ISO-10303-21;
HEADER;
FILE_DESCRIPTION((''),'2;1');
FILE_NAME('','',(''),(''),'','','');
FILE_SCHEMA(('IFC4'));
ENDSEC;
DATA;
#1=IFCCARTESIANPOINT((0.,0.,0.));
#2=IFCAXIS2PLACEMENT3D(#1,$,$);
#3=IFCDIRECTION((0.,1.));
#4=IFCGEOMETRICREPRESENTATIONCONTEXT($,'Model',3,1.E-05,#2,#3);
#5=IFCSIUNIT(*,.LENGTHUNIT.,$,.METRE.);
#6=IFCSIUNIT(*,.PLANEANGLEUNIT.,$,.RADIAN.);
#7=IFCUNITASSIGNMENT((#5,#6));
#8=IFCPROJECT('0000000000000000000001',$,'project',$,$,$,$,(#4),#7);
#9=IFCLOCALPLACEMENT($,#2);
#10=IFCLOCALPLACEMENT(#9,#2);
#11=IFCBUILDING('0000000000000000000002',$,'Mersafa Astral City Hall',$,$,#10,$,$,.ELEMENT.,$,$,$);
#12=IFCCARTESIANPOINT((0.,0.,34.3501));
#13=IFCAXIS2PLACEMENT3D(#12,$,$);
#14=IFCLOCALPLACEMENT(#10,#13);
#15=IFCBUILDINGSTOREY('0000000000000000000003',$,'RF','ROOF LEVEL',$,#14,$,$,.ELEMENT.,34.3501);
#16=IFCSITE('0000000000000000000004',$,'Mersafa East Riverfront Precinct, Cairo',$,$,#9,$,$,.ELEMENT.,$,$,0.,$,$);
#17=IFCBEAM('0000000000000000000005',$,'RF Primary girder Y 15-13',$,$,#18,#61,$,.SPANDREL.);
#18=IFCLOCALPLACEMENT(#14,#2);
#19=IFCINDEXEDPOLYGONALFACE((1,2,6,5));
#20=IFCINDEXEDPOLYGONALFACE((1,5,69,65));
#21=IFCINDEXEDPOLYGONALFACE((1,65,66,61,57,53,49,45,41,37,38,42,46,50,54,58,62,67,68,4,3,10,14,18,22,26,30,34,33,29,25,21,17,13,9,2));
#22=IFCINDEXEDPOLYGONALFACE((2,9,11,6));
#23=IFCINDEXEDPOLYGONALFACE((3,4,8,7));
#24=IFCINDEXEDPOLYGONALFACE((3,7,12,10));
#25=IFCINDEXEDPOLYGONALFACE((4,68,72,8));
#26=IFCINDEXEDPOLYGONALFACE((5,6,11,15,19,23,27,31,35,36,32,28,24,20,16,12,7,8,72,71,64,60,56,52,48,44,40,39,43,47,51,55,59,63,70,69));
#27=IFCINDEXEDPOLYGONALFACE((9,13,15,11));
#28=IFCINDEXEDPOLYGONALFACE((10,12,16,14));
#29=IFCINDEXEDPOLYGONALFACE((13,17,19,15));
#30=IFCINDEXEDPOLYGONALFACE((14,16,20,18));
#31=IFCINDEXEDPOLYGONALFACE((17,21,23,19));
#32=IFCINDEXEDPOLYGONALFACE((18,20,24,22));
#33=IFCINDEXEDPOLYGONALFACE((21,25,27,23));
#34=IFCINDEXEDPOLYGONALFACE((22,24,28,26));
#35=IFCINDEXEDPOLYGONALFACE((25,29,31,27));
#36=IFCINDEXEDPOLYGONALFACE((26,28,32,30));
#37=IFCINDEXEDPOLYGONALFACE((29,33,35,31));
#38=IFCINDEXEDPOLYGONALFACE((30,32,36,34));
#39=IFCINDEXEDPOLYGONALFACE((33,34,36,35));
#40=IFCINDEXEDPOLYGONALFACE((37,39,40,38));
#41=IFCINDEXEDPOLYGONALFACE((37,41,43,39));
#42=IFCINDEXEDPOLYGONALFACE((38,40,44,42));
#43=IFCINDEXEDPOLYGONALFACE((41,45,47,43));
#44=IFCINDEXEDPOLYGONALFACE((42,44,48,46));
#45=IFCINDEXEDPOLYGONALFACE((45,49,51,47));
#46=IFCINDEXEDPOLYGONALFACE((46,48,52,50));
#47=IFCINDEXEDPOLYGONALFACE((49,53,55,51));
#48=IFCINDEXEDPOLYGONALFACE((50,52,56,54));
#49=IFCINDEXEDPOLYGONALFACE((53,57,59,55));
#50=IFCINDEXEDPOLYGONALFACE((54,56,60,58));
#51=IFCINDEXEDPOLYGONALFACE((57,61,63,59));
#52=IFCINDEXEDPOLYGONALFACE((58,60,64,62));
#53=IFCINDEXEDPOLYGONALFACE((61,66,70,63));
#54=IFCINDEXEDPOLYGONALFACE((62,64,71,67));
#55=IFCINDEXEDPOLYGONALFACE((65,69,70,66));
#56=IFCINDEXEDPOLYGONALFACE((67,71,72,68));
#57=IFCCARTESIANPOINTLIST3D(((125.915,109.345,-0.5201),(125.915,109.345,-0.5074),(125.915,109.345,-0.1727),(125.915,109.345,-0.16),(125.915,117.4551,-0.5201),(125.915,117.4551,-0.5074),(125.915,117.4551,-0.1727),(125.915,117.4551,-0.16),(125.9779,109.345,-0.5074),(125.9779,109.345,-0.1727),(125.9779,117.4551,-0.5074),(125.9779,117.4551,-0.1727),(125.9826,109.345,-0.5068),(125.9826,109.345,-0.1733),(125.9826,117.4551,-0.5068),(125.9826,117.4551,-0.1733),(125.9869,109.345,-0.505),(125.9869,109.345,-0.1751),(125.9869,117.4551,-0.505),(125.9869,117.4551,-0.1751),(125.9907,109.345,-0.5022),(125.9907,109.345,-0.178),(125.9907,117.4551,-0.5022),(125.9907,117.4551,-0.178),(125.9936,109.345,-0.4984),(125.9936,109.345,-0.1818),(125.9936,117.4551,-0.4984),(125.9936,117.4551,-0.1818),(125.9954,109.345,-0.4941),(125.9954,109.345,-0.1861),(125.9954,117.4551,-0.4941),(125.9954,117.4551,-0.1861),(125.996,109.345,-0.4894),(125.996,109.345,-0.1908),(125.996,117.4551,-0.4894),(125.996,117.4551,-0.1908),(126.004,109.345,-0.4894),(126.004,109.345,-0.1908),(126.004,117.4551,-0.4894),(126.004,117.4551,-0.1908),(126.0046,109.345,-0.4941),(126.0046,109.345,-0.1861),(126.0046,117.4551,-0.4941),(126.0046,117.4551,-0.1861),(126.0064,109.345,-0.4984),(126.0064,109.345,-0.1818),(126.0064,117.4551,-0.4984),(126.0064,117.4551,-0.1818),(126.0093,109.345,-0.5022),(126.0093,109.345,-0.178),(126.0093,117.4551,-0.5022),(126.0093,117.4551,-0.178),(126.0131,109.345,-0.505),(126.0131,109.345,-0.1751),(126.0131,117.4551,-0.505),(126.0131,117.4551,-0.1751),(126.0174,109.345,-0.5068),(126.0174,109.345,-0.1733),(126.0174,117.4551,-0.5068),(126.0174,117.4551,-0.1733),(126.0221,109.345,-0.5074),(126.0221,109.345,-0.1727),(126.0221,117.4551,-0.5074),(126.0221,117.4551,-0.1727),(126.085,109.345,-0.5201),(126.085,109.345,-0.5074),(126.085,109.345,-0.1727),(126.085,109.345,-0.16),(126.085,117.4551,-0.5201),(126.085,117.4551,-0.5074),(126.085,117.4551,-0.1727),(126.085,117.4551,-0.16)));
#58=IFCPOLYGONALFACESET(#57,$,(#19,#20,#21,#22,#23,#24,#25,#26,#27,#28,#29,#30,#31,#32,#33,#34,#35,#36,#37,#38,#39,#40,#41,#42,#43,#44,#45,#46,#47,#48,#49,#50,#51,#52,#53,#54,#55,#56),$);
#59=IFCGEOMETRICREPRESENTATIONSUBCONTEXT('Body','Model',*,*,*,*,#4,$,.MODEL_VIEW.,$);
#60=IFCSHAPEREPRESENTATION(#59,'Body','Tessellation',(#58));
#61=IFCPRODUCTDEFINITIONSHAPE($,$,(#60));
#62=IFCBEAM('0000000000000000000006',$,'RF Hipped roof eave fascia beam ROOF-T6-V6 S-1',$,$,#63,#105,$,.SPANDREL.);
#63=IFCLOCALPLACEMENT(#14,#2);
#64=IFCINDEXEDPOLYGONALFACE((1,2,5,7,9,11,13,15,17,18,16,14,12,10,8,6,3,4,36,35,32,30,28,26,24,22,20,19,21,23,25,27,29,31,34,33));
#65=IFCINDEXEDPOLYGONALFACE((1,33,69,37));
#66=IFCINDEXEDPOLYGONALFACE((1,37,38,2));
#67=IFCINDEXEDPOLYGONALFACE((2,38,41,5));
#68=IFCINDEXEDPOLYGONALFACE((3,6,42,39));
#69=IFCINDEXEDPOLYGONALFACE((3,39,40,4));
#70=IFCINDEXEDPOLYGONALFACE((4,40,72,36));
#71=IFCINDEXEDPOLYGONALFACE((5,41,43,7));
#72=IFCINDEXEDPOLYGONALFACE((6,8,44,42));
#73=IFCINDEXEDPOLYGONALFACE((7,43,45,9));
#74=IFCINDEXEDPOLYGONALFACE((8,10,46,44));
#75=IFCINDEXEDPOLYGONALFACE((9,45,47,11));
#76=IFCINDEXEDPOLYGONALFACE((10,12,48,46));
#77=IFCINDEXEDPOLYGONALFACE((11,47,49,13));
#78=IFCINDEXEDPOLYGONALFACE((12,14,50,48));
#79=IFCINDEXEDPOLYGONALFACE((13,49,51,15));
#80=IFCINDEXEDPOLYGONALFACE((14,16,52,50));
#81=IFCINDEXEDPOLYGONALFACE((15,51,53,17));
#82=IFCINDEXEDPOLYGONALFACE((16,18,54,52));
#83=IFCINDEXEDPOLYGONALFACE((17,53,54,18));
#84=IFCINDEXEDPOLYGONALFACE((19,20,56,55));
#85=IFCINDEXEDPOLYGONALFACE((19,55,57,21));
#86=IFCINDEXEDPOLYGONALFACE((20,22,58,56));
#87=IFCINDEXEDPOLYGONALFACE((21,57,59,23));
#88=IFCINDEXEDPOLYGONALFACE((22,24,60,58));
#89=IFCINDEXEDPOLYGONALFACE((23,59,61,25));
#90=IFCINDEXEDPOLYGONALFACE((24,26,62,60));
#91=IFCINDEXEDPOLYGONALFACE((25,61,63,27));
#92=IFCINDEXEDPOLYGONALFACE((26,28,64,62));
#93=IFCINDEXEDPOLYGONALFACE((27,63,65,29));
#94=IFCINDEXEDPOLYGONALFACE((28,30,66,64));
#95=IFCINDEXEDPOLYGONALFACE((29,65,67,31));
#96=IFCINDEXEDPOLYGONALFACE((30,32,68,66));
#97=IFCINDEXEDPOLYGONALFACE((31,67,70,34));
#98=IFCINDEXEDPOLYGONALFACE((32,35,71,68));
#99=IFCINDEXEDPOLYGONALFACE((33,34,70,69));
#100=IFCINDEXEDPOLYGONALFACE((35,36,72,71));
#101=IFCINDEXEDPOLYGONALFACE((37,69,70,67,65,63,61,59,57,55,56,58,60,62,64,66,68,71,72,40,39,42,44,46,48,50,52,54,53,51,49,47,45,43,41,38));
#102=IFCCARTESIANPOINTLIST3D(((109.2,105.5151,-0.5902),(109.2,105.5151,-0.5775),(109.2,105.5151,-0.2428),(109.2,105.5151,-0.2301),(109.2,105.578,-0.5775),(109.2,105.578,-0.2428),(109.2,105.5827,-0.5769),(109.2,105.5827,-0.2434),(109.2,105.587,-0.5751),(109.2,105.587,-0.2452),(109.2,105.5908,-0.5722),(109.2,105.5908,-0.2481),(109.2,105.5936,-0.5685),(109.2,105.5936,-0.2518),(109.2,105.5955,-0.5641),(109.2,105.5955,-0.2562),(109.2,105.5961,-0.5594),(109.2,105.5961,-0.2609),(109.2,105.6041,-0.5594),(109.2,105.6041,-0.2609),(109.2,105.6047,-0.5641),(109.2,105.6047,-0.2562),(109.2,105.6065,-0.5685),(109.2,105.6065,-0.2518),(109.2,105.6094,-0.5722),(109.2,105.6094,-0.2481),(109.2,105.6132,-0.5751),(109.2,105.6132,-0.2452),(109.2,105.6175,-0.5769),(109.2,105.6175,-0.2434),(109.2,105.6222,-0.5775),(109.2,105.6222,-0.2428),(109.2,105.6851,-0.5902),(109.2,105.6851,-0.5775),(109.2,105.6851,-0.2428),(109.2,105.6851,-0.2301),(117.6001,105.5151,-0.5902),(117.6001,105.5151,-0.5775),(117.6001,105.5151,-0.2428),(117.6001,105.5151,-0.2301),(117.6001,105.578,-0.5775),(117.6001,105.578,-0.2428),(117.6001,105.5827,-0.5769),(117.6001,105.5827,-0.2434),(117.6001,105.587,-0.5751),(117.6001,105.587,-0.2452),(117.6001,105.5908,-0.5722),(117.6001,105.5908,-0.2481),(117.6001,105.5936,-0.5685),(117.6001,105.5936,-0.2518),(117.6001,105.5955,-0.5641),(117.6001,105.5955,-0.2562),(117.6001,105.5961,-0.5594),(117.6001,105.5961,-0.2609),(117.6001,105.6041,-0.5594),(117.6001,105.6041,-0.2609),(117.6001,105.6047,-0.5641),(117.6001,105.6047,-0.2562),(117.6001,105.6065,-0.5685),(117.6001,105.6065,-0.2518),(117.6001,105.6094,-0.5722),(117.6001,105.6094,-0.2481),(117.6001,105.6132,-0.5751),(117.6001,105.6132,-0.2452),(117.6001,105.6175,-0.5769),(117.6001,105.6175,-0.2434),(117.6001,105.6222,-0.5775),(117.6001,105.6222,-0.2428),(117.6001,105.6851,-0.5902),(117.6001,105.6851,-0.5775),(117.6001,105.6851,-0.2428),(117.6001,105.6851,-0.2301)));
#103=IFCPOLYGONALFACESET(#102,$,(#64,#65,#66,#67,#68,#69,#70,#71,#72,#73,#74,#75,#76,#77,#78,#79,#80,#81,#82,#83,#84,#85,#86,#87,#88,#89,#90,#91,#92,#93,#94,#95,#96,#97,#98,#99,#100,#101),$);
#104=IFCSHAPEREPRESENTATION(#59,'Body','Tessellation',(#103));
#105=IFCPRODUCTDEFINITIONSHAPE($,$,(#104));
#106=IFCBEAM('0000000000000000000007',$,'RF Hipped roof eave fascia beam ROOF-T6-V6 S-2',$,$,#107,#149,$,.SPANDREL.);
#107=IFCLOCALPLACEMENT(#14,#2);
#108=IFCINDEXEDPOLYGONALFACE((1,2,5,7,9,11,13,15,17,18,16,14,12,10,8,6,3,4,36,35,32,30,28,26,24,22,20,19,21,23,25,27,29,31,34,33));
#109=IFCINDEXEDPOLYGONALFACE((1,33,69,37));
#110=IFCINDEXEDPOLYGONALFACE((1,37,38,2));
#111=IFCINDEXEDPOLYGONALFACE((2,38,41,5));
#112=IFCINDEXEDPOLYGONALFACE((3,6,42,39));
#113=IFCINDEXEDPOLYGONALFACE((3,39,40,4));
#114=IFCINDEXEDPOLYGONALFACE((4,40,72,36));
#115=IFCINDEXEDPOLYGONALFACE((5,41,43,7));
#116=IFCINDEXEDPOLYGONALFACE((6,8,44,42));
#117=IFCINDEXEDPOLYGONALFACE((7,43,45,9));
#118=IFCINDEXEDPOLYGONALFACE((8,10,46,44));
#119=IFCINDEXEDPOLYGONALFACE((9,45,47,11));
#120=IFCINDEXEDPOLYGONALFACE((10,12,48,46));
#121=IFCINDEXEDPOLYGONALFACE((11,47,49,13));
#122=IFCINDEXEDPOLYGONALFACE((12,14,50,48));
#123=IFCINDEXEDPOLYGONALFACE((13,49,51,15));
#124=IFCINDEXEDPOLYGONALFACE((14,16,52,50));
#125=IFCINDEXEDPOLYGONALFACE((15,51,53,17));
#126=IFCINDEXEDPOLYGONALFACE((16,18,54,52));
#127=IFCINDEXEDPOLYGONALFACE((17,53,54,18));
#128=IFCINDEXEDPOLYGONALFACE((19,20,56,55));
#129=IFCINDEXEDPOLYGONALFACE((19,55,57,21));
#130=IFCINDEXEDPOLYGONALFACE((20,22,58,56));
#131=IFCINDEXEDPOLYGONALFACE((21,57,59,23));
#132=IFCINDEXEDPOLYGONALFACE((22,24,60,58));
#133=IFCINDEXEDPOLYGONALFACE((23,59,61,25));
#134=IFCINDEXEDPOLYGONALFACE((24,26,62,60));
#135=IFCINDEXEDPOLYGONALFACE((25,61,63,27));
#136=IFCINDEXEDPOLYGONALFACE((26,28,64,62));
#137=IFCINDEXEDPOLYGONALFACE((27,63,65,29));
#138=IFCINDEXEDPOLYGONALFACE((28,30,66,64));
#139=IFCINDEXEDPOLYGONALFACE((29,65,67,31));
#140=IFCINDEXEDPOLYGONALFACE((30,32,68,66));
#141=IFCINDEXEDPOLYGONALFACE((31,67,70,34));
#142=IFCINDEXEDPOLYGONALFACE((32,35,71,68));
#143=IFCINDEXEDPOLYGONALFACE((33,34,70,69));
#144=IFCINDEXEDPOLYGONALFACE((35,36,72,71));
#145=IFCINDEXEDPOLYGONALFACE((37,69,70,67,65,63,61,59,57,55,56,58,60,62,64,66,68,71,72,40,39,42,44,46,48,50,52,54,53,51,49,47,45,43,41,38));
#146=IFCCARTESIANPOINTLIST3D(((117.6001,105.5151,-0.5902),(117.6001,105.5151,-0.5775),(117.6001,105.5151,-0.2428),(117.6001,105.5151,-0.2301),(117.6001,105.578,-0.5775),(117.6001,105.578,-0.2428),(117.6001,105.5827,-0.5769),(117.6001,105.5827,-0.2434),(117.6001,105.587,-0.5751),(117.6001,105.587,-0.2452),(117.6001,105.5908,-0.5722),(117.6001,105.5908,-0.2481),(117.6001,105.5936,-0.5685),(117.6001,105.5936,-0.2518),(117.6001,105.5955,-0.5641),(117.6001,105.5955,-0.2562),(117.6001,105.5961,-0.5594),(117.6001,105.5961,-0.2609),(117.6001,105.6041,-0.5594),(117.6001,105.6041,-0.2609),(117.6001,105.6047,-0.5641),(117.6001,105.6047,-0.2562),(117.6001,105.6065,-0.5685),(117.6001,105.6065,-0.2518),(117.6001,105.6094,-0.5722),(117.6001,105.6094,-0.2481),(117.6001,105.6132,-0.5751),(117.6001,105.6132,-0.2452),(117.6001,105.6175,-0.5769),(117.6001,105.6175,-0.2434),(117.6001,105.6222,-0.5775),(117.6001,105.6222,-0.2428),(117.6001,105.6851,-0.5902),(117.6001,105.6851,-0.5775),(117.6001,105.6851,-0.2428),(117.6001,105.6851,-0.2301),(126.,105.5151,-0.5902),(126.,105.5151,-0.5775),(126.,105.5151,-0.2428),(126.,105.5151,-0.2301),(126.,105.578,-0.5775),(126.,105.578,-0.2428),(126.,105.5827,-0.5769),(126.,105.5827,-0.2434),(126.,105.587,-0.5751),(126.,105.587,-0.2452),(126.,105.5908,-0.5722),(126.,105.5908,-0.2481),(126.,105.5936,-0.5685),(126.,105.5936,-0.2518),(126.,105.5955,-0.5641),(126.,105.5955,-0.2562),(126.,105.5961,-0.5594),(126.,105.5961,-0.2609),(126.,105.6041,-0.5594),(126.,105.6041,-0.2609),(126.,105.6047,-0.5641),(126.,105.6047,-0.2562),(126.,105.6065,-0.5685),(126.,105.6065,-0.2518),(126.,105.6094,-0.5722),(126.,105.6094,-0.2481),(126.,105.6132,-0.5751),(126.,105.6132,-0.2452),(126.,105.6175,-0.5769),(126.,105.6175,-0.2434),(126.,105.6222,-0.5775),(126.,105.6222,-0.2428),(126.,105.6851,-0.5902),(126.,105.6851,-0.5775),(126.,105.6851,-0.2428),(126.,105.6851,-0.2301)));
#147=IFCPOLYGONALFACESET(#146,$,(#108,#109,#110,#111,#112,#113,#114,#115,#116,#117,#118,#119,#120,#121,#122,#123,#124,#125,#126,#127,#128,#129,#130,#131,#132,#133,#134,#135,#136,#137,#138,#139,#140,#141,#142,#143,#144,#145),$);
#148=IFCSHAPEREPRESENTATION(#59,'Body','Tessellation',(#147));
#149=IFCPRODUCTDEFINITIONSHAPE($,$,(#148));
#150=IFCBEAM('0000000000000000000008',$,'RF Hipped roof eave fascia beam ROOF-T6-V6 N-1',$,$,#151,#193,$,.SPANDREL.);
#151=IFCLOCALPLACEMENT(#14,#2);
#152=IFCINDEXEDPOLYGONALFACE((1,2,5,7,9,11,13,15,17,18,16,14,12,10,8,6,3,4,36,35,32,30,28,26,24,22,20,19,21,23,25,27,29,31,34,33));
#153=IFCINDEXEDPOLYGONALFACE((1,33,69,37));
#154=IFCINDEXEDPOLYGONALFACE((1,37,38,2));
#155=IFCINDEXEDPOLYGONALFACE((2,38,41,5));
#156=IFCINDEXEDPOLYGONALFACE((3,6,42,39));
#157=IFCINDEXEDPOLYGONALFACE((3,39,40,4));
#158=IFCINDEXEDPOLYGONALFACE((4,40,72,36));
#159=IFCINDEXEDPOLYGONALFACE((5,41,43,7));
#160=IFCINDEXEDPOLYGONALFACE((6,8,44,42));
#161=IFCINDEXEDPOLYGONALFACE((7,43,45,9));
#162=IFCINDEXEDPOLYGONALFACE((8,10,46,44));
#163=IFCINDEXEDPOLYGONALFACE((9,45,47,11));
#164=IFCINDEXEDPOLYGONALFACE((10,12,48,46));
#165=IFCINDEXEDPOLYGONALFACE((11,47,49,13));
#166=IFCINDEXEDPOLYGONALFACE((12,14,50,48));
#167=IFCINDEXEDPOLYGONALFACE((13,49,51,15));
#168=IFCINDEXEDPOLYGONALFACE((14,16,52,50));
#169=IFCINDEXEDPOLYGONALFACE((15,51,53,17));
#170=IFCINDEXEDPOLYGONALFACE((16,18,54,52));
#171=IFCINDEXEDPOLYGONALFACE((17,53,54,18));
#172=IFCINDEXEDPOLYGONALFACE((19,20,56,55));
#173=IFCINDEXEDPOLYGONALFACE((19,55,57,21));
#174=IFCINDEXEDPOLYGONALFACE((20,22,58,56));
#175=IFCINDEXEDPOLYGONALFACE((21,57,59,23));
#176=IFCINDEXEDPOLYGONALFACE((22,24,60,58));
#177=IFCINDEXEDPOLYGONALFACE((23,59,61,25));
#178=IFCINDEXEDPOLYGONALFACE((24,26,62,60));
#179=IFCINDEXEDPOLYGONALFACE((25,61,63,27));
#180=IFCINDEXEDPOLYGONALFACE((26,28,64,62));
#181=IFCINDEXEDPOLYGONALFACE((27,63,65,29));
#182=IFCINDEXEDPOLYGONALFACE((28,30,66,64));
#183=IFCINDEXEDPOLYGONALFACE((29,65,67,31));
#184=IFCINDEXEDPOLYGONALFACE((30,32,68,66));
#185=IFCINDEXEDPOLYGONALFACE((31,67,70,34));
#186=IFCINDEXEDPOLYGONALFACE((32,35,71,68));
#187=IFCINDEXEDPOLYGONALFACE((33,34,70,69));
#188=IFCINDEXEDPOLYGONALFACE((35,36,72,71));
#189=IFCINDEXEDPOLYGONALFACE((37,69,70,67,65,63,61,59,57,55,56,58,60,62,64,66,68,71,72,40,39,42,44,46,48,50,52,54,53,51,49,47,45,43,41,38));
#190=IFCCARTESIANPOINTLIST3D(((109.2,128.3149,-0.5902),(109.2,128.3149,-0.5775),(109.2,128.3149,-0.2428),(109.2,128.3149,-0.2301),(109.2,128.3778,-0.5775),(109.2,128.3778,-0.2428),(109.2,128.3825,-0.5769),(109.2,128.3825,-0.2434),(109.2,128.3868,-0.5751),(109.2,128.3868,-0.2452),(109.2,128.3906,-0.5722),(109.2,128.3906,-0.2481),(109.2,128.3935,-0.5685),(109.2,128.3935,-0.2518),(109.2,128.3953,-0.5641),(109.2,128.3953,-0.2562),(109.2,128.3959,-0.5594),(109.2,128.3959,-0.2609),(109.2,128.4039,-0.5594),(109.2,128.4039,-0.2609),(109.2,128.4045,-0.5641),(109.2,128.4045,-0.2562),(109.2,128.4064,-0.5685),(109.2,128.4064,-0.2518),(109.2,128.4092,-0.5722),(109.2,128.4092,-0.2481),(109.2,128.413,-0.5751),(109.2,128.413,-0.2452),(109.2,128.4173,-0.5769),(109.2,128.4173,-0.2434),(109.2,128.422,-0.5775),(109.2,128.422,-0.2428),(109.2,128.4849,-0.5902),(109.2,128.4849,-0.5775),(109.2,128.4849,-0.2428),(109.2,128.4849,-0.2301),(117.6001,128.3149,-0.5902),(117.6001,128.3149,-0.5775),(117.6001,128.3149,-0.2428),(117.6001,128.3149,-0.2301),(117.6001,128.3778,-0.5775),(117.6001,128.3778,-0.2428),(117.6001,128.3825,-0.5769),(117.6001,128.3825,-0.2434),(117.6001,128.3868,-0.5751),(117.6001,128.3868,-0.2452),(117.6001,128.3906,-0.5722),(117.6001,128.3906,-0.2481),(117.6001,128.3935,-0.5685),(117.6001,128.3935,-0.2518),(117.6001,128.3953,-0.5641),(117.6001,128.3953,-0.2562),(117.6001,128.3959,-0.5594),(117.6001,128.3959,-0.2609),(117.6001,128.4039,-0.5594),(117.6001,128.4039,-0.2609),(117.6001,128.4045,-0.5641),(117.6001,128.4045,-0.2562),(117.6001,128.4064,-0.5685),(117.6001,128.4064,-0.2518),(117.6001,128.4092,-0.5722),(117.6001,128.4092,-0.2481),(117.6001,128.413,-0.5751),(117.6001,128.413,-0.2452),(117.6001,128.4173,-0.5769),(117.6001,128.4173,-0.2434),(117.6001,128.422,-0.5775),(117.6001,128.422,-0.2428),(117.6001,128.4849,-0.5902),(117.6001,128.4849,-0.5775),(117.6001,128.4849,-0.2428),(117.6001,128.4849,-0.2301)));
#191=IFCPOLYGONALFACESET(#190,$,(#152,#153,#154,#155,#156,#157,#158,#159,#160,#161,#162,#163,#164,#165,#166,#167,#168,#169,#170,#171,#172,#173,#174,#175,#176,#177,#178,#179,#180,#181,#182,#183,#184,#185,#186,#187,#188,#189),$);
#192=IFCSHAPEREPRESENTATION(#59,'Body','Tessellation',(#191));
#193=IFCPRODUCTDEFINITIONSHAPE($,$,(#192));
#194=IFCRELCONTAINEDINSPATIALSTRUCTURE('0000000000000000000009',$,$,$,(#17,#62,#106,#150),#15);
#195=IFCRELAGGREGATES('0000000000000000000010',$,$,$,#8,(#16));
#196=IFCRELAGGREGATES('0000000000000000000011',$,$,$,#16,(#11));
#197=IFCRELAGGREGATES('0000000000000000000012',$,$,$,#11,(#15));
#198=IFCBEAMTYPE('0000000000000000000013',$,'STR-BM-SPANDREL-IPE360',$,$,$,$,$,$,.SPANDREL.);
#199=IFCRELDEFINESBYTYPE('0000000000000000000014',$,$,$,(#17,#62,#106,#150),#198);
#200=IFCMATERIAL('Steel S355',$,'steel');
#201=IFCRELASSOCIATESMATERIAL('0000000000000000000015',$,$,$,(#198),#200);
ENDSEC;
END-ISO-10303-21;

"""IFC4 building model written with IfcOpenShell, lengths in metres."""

from ifc_helpers import new_model, si_unit, direction, frame, origin, origin_2d, place, context, subcontext, project, spatial, i_section, extrude, material, material_profile, profile_set, type_object, element, save


model = new_model("IFC4")

# Units and contexts
model_context = context("Model", 3, precision=1e-05, world=origin(), true_north=direction((0.0, 1.0)))
body_context = subcontext(model_context, "Body", "Model", "MODEL_VIEW")
ifc_project = project(units=[si_unit("LENGTHUNIT", "METRE"), si_unit("PLANEANGLEUNIT", "RADIAN")], contexts=[model_context])

# Site, building, storey
site_placement = place(None, origin())
site = spatial("IfcSite", under=ifc_project, at=site_placement, Name="Mersafa East Riverfront Precinct, Cairo", CompositionType="ELEMENT", RefElevation=0.0)
building_placement = place(site_placement, origin())
building = spatial("IfcBuilding", under=site, at=building_placement, Name="Mersafa Astral City Hall", CompositionType="ELEMENT")
storey_placement = place(building_placement, frame((0.0, 0.0, 34.3501)))
storey = spatial("IfcBuildingStorey", under=building, at=storey_placement, Name="RF", Description="ROOF LEVEL", CompositionType="ELEMENT", Elevation=34.3501)

# Shared definitions
ifc_material_1 = material(Name="Steel S355", Category="steel")

# Beams
ifc_material_profile_1 = material_profile(ifc_material_1, i_section(OverallWidth=0.1699, OverallDepth=0.3601, WebThickness=0.0081, FlangeThickness=0.0127, FilletRadius=0.0181, at=origin_2d()), Name="IPE 360")
ifc_profile_set_1 = profile_set([ifc_material_profile_1], Name="Steel S355")
beam_type_1 = type_object("IfcBeamType", Name="STR-BM-SPANDREL-IPE360", PredefinedType="SPANDREL", material=ifc_profile_set_1)
beam_1_placement = place(storey_placement, frame((126.0, 109.345, -0.3401), z_axis=(0.0, 1.0, 0.0), x_axis=(-1.0, 0.0, 0.0)))
element("IfcBeam", 1, at=beam_1_placement, inside=storey, type_object=beam_type_1, Name="RF Primary girder Y 15-13", PredefinedType="SPANDREL", context=body_context, shape_type="SweptSolid", body=[
    extrude(i_section(OverallWidth=0.1699, OverallDepth=0.3601, WebThickness=0.0081, FlangeThickness=0.0127, FilletRadius=0.0181, at=origin_2d()), origin(), (0.0, 0.0, 1.0), 8.1101),
])
beam_2_placement = place(storey_placement, frame((109.2, 105.6001, -0.4102), z_axis=(1.0, 0.0, 0.0), x_axis=(0.0, 1.0, 0.0)))
element("IfcBeam", 2, at=beam_2_placement, inside=storey, type_object=beam_type_1, Name="RF Hipped roof eave fascia beam ROOF-T6-V6 S-1", PredefinedType="SPANDREL", context=body_context, shape_type="SweptSolid", body=[
    extrude(i_section(OverallWidth=0.1699, OverallDepth=0.3601, WebThickness=0.0081, FlangeThickness=0.0127, FilletRadius=0.0181, at=origin_2d()), origin(), (0.0, 0.0, 1.0), 8.4001),
])
beam_3_placement = place(storey_placement, frame((117.6001, 105.6001, -0.4102), z_axis=(1.0, 0.0, 0.0), x_axis=(0.0, 1.0, 0.0)))
element("IfcBeam", 3, at=beam_3_placement, inside=storey, type_object=beam_type_1, Name="RF Hipped roof eave fascia beam ROOF-T6-V6 S-2", PredefinedType="SPANDREL", context=body_context, shape_type="SweptSolid", body=[
    extrude(i_section(OverallWidth=0.1699, OverallDepth=0.3601, WebThickness=0.0081, FlangeThickness=0.0127, FilletRadius=0.0181, at=origin_2d()), origin(), (0.0, 0.0, 1.0), 8.3999),
])
beam_4_placement = place(storey_placement, frame((109.2, 128.3999, -0.4102), z_axis=(1.0, 0.0, 0.0), x_axis=(0.0, 1.0, 0.0)))
element("IfcBeam", 4, at=beam_4_placement, inside=storey, type_object=beam_type_1, Name="RF Hipped roof eave fascia beam ROOF-T6-V6 N-1", PredefinedType="SPANDREL", context=body_context, shape_type="SweptSolid", body=[
    extrude(i_section(OverallWidth=0.1699, OverallDepth=0.3601, WebThickness=0.0081, FlangeThickness=0.0127, FilletRadius=0.0181, at=origin_2d()), origin(), (0.0, 0.0, 1.0), 8.4001),
])

save(model, "model.ifc")
